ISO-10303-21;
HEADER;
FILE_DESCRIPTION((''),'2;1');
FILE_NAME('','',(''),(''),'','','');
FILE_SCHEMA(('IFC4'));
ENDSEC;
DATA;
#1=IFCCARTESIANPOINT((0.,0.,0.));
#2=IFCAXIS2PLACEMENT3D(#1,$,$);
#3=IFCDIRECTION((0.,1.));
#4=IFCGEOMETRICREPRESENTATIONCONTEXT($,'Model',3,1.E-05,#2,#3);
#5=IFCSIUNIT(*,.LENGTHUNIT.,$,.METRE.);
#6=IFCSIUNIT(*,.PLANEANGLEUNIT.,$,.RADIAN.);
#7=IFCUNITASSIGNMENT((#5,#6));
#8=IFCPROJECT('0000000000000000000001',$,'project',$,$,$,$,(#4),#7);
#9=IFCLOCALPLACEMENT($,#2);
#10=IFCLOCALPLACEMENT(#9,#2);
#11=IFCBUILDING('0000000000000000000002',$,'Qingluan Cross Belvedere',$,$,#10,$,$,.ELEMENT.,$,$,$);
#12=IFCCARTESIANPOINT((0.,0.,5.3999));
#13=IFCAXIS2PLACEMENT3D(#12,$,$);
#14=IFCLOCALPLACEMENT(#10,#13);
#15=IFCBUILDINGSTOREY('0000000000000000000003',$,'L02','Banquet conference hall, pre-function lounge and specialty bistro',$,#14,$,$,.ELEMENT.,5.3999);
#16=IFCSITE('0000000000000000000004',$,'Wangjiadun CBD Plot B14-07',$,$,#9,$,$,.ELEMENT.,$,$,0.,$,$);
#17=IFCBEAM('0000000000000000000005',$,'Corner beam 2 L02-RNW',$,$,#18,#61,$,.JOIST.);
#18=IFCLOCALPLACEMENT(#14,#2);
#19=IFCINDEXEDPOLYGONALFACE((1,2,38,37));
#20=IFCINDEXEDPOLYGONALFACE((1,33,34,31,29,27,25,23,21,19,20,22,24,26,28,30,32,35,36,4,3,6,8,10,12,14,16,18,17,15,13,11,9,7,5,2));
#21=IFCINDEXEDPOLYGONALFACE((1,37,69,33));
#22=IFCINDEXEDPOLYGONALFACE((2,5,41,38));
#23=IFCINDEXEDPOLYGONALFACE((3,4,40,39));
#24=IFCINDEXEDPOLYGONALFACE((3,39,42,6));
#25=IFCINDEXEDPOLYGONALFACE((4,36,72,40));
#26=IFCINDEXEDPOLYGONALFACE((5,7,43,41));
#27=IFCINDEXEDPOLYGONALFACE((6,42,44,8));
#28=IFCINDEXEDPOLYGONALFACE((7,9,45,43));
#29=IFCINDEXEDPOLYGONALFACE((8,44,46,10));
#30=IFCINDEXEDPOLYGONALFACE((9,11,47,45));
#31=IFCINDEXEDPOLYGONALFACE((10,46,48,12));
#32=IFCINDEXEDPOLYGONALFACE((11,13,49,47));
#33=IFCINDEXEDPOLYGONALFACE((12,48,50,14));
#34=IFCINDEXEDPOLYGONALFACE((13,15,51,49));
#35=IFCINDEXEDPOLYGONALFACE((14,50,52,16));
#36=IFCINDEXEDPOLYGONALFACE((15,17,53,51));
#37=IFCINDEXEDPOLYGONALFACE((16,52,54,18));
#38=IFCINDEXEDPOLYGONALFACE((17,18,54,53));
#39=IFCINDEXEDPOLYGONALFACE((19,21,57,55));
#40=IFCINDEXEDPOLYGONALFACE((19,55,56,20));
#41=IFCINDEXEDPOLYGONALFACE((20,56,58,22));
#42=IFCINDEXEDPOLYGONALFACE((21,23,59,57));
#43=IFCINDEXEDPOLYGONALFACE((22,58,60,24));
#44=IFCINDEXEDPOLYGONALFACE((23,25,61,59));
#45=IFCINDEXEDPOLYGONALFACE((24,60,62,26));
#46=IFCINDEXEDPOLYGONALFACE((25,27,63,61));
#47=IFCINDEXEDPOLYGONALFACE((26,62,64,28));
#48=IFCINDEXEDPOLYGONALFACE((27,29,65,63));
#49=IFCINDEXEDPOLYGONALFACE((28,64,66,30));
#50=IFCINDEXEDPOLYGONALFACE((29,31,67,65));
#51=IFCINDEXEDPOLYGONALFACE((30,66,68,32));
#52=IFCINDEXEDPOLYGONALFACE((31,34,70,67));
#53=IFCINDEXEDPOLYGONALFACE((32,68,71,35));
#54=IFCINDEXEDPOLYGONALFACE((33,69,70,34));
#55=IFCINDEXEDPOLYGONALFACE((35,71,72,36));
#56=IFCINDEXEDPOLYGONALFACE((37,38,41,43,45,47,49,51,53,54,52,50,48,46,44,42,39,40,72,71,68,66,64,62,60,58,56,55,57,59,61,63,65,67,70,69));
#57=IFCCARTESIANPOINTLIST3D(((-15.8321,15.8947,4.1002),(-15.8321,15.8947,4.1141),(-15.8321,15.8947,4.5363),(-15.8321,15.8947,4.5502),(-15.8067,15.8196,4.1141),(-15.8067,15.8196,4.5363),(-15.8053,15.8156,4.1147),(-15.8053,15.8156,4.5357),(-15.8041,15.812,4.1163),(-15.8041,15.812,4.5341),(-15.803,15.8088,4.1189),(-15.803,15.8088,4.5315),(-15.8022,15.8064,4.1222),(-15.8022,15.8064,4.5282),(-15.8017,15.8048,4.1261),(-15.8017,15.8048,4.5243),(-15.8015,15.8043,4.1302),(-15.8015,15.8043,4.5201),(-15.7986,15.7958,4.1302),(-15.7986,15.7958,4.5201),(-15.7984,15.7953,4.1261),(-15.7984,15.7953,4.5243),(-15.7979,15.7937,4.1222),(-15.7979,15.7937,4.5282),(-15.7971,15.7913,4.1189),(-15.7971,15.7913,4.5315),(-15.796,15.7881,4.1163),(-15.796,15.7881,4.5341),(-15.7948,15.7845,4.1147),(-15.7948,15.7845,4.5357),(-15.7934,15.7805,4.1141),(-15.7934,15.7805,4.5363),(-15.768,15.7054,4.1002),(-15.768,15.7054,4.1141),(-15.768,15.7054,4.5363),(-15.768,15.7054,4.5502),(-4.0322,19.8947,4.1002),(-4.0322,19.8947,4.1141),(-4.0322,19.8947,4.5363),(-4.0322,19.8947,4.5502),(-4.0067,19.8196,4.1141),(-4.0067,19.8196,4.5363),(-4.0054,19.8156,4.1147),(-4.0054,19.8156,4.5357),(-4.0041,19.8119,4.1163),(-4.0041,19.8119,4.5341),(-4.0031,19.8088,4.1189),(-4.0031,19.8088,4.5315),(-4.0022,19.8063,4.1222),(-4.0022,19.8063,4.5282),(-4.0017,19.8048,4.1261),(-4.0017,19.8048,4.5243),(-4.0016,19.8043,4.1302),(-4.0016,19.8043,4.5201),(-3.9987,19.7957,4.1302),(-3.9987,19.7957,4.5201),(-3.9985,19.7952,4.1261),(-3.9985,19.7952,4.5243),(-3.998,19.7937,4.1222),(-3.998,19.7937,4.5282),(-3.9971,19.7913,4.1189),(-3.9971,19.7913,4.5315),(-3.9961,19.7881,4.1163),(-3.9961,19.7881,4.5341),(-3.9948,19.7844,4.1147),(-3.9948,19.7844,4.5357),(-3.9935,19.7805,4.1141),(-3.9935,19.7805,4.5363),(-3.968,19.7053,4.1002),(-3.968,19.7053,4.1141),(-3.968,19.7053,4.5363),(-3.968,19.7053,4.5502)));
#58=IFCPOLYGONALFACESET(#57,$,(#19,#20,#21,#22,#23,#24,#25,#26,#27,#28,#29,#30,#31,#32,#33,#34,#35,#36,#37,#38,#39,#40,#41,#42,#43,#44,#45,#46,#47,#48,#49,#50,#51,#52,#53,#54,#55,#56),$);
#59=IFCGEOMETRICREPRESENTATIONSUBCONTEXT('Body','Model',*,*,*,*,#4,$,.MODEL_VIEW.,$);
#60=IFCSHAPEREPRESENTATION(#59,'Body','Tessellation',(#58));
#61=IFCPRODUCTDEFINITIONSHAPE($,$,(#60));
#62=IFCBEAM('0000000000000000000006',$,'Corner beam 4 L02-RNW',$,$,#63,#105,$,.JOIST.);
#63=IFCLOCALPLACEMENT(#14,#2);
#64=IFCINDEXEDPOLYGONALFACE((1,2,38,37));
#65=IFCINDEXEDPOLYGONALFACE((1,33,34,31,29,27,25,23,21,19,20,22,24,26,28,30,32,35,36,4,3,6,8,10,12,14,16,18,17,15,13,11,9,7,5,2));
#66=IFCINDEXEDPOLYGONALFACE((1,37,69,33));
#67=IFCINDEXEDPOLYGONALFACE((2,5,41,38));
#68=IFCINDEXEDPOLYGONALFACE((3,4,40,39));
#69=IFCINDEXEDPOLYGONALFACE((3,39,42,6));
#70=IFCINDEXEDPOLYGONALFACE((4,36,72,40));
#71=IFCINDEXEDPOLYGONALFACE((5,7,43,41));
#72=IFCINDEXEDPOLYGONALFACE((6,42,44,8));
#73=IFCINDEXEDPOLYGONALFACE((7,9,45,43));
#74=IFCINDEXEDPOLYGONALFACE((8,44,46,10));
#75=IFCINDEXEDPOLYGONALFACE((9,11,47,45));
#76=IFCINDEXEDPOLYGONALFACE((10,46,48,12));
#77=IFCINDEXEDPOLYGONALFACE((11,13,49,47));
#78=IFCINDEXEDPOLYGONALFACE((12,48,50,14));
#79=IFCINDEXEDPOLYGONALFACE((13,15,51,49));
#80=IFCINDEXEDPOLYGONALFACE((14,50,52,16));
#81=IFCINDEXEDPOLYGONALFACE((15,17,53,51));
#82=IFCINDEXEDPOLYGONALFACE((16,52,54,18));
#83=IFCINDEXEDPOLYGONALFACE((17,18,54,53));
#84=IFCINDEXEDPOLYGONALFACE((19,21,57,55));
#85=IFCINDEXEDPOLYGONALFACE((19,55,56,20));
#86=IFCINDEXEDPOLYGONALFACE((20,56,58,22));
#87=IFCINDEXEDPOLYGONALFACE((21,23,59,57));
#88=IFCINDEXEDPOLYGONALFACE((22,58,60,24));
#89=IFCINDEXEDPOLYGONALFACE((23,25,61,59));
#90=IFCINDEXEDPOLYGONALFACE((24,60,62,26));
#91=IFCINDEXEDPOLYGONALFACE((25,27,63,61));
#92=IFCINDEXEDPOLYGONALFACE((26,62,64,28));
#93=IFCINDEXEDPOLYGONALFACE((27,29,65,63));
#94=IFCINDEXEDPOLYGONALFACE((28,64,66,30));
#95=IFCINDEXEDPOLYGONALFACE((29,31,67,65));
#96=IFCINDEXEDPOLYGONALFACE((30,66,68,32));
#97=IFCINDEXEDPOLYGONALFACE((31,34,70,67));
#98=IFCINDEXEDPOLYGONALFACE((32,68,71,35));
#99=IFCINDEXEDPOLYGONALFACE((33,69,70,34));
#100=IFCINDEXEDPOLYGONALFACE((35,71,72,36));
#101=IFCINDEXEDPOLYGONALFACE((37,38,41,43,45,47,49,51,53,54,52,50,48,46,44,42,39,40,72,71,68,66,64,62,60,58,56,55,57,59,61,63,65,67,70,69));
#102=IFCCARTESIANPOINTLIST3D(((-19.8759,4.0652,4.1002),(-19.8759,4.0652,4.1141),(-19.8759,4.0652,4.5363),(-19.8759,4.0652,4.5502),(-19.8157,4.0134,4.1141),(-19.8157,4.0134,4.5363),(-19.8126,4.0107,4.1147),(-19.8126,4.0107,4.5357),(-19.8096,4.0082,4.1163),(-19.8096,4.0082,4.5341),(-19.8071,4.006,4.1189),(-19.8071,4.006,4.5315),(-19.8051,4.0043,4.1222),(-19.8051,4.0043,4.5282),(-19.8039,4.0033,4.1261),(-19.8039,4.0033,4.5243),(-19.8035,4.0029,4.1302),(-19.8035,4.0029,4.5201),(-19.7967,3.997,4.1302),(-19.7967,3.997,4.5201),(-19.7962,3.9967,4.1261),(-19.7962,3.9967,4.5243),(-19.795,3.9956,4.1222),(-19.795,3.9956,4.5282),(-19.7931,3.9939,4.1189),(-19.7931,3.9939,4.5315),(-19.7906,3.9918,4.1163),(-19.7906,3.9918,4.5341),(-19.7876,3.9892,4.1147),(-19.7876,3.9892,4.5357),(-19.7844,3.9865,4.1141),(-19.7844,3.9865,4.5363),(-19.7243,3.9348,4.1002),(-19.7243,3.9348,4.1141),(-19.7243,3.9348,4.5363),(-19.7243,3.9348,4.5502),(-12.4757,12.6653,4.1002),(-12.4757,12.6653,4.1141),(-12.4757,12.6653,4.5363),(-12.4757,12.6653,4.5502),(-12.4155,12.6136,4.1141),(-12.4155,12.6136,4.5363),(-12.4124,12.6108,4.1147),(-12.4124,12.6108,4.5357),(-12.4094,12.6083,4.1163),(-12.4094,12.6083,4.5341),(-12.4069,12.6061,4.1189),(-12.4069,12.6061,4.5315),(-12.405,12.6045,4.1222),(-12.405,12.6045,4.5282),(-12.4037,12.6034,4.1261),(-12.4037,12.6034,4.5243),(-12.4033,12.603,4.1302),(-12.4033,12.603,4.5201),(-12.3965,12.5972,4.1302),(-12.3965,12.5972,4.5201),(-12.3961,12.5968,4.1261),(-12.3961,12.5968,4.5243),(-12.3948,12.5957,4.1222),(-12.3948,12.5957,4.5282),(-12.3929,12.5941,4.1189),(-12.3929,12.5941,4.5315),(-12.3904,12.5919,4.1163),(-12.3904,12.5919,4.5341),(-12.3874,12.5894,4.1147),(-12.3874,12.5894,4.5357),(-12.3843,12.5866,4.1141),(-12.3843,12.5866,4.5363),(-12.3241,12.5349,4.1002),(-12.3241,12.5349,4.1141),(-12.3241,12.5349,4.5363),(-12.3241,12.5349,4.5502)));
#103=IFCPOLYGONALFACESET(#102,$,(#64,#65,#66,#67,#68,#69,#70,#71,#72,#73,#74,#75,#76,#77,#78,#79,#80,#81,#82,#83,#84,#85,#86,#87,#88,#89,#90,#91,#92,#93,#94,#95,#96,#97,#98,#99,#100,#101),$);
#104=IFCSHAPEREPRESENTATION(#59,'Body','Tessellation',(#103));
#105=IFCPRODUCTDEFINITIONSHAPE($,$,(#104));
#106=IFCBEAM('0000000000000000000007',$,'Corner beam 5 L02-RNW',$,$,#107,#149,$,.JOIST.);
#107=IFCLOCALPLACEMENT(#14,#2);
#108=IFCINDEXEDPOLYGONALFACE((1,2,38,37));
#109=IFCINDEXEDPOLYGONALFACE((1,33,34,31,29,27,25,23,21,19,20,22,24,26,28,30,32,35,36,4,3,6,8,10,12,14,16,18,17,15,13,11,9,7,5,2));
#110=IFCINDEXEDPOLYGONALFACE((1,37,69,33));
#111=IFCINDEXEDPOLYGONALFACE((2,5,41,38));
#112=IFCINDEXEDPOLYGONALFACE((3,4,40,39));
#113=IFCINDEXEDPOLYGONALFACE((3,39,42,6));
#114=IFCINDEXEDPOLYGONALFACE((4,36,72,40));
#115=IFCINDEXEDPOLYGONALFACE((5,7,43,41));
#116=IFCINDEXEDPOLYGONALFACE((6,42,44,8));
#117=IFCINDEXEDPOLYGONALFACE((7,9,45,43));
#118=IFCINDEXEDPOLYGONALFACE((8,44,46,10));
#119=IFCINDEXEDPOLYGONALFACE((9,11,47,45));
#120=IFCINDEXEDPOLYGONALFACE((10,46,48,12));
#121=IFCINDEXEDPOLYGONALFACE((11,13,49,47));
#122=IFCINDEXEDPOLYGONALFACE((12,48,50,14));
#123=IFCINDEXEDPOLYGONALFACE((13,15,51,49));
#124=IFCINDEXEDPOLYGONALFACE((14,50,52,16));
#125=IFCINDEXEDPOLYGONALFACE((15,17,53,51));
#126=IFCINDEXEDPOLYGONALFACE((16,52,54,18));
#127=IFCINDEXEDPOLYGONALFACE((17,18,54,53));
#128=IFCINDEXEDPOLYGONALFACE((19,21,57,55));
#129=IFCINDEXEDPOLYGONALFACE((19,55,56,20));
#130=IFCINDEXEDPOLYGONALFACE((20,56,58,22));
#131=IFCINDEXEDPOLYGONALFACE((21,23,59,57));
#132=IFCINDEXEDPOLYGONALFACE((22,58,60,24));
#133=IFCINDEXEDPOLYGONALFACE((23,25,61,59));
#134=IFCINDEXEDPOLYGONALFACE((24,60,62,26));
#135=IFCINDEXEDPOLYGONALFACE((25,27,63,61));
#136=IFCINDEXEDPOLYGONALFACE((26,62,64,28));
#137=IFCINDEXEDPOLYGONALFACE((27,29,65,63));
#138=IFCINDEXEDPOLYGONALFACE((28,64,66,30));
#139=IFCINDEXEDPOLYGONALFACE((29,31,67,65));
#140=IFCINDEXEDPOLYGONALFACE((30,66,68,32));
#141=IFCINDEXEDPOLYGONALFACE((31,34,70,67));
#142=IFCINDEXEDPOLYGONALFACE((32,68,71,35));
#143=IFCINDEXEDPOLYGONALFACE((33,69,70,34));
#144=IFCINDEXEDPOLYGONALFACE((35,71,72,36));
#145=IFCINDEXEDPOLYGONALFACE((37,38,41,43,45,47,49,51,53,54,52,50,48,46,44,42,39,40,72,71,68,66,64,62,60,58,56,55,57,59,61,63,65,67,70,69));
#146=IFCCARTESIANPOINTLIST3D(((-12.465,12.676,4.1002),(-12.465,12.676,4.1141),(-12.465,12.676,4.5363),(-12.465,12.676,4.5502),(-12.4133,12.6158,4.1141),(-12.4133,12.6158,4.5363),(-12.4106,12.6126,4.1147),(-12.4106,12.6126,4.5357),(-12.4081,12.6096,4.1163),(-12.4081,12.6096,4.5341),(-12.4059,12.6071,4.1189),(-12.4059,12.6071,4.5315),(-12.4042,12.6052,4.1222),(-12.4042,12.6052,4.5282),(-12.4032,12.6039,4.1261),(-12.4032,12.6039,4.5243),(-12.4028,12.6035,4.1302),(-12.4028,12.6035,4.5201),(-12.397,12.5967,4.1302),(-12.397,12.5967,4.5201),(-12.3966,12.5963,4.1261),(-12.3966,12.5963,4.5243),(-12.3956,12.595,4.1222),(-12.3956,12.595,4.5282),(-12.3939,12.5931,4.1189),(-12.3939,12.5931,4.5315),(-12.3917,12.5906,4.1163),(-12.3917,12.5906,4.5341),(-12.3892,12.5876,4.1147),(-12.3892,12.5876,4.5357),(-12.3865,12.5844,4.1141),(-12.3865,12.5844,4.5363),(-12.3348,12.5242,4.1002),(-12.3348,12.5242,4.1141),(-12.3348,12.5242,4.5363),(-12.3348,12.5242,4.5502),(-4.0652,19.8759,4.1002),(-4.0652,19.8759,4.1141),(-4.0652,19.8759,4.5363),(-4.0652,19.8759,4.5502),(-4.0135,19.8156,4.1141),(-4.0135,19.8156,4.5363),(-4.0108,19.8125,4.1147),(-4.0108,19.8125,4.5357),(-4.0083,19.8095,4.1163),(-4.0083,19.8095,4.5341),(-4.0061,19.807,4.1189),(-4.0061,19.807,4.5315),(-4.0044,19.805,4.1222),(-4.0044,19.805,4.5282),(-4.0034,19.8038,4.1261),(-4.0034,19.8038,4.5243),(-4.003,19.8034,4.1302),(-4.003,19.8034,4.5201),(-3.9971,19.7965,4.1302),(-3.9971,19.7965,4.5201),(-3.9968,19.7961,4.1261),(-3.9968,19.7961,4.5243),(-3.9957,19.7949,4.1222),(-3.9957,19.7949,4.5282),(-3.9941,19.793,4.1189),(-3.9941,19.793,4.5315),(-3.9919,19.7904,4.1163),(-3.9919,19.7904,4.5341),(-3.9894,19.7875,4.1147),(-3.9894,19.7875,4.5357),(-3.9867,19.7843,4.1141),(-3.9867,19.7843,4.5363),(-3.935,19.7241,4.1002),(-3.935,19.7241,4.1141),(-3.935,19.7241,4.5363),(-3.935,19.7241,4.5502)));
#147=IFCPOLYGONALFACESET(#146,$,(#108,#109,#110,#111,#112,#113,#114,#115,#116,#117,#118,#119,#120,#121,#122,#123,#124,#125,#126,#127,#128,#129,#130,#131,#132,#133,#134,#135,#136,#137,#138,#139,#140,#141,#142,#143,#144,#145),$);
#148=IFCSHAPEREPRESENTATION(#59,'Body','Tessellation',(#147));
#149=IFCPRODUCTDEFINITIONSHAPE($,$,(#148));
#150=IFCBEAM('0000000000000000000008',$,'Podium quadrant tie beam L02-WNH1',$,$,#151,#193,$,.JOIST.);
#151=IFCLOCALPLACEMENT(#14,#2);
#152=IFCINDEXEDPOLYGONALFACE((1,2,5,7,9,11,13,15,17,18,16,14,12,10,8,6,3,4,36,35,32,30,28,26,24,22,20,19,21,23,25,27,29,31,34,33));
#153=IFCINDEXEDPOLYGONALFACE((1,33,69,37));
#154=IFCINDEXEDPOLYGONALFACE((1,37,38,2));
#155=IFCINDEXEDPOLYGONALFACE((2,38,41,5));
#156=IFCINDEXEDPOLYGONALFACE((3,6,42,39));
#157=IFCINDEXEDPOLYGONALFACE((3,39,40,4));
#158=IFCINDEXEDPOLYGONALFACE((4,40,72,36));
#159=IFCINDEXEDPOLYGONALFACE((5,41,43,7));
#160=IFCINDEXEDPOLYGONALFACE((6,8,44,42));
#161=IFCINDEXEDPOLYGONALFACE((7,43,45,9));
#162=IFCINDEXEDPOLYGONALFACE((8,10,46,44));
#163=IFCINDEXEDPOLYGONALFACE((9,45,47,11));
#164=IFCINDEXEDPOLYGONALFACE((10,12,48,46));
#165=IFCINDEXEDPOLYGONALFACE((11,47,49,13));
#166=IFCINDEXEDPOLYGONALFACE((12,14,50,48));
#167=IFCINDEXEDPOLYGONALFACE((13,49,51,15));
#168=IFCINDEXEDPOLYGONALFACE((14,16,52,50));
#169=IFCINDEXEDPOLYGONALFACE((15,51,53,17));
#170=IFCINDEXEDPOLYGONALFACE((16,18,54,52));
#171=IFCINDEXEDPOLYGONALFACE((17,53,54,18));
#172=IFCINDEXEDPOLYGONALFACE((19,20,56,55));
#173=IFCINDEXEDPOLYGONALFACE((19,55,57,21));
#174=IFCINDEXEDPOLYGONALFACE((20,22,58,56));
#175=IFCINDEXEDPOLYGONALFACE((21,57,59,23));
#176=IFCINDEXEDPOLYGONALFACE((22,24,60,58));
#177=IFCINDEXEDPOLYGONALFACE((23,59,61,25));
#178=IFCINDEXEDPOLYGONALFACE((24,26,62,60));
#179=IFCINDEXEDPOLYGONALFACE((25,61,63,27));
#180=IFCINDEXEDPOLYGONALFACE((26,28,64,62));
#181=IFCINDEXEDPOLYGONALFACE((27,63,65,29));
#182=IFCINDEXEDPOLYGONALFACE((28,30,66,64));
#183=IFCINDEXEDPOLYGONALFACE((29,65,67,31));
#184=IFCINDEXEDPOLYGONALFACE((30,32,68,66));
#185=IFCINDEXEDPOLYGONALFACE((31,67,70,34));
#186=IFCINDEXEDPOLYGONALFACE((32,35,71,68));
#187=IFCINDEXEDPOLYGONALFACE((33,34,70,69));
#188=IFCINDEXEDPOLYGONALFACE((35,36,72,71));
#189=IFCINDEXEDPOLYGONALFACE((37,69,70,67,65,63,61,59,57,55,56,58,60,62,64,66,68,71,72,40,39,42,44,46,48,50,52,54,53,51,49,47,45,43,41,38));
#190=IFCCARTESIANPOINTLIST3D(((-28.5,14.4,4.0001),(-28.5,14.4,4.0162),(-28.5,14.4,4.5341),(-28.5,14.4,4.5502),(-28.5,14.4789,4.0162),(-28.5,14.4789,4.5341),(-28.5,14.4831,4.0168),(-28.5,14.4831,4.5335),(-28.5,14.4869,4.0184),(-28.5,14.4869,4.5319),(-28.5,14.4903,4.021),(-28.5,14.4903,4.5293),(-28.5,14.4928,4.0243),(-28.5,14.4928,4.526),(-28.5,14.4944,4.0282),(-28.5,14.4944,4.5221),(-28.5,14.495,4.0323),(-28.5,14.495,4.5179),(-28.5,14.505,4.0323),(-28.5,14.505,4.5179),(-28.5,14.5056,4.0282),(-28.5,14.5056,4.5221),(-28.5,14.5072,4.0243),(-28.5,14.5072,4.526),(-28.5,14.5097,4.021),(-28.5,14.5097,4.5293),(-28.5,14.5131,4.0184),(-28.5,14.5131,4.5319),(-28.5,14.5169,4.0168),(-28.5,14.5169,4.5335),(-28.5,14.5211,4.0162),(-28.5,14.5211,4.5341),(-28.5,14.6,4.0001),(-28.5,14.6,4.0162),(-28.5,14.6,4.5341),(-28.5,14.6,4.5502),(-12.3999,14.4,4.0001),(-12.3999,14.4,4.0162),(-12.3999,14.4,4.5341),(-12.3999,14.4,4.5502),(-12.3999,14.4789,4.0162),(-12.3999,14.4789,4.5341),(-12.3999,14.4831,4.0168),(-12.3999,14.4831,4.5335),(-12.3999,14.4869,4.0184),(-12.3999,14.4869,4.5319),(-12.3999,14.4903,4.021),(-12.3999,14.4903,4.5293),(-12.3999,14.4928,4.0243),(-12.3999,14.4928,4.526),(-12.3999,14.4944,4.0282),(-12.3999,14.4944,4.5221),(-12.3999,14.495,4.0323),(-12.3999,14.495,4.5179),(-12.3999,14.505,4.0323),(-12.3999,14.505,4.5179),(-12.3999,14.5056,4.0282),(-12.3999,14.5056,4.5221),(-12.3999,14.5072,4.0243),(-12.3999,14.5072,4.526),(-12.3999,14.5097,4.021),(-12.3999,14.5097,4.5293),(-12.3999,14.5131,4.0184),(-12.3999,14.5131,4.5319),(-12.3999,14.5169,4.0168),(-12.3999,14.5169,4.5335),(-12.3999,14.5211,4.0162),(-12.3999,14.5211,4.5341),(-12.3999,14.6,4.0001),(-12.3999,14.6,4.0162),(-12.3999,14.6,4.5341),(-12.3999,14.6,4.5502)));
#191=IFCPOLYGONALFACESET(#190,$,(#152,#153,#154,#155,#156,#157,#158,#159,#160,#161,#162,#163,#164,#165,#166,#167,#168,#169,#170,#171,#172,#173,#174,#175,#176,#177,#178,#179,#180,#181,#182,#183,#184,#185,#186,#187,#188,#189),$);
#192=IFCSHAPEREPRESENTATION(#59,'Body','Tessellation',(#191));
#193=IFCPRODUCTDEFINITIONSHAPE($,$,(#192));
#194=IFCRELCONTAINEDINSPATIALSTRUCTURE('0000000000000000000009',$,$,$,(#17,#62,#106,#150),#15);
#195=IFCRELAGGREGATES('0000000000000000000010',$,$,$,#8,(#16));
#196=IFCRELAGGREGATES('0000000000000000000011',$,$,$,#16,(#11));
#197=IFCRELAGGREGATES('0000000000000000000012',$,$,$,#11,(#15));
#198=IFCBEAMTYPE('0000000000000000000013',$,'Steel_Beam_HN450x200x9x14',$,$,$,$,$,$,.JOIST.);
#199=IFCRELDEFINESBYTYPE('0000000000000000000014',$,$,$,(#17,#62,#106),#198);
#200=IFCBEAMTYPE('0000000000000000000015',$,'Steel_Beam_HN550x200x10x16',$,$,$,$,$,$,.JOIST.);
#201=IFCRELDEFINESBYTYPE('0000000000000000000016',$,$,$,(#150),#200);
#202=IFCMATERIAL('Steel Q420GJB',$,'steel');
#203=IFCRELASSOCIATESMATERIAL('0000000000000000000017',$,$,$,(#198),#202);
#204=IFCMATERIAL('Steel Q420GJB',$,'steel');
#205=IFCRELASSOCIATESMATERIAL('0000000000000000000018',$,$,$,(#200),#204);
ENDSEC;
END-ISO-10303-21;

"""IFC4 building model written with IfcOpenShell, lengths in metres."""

from ifc_helpers import new_model, si_unit, direction, frame, origin, origin_2d, place, context, subcontext, project, spatial, i_section, extrude, material, material_profile, profile_set, type_object, element, save


model = new_model("IFC4")

# Units and contexts
model_context = context("Model", 3, precision=1e-05, world=origin(), true_north=direction((0.0, 1.0)))
body_context = subcontext(model_context, "Body", "Model", "MODEL_VIEW")
ifc_project = project(units=[si_unit("LENGTHUNIT", "METRE"), si_unit("PLANEANGLEUNIT", "RADIAN")], contexts=[model_context])

# Site, building, storey
site_placement = place(None, origin())
site = spatial("IfcSite", under=ifc_project, at=site_placement, Name="Wangjiadun CBD Plot B14-07", CompositionType="ELEMENT", RefElevation=0.0)
building_placement = place(site_placement, origin())
building = spatial("IfcBuilding", under=site, at=building_placement, Name="Qingluan Cross Belvedere", CompositionType="ELEMENT")
storey_placement = place(building_placement, frame((0.0, 0.0, 5.3999)))
storey = spatial("IfcBuildingStorey", under=building, at=storey_placement, Name="L02", Description="Banquet conference hall, pre-function lounge and specialty bistro", CompositionType="ELEMENT", Elevation=5.3999)

# Beams
ifc_material_1 = material(Name="Steel Q420GJB", Category="steel")
ifc_material_profile_1 = material_profile(ifc_material_1, i_section(OverallWidth=0.2, OverallDepth=0.45, WebThickness=0.009, FlangeThickness=0.0139, FilletRadius=0.0161, at=origin_2d()), Name="HN450x200x9x14")
ifc_profile_set_1 = profile_set([ifc_material_profile_1], Name="Steel Q420GJB")
beam_type_1 = type_object("IfcBeamType", Name="Steel_Beam_HN450x200x9x14", PredefinedType="JOIST", material=ifc_profile_set_1)
beam_1_placement = place(storey_placement, frame((-15.8, 15.8, 4.3252), z_axis=(0.947066, 0.321038, 0.0), x_axis=(-0.321038, 0.947066, 0.0)))
element("IfcBeam", 1, at=beam_1_placement, inside=storey, type_object=beam_type_1, Name="Corner beam 2 L02-RNW", PredefinedType="JOIST", context=body_context, shape_type="SweptSolid", body=[
    extrude(i_section(OverallWidth=0.2, OverallDepth=0.45, WebThickness=0.009, FlangeThickness=0.0139, FilletRadius=0.0161, at=origin_2d()), origin(), (0.0, 0.0, 1.0), 12.4595),
])
beam_2_placement = place(storey_placement, frame((-12.3999, 12.6001, 4.3252), z_axis=(-0.652245, -0.758008, 0.0), x_axis=(0.758008, -0.652245, 0.0)))
element("IfcBeam", 2, at=beam_2_placement, inside=storey, type_object=beam_type_1, Name="Corner beam 4 L02-RNW", PredefinedType="JOIST", context=body_context, shape_type="SweptSolid", body=[
    extrude(i_section(OverallWidth=0.2, OverallDepth=0.45, WebThickness=0.009, FlangeThickness=0.0139, FilletRadius=0.0161, at=origin_2d()), origin(), (0.0, 0.0, 1.0), 11.3457),
])
beam_3_placement = place(storey_placement, frame((-12.3999, 12.6001, 4.3252), z_axis=(0.759255, 0.650793, 0.0), x_axis=(-0.650793, 0.759255, 0.0)))
element("IfcBeam", 3, at=beam_3_placement, inside=storey, type_object=beam_type_1, Name="Corner beam 5 L02-RNW", PredefinedType="JOIST", context=body_context, shape_type="SweptSolid", body=[
    extrude(i_section(OverallWidth=0.2, OverallDepth=0.45, WebThickness=0.009, FlangeThickness=0.0139, FilletRadius=0.0161, at=origin_2d()), origin(), (0.0, 0.0, 1.0), 11.0632),
])
ifc_material_2 = material(Name="Steel Q420GJB", Category="steel")
ifc_material_profile_2 = material_profile(ifc_material_2, i_section(OverallWidth=0.2, OverallDepth=0.55, WebThickness=0.01, FlangeThickness=0.0161, FilletRadius=0.0161, at=origin_2d()), Name="HN550x200x10x16")
ifc_profile_set_2 = profile_set([ifc_material_profile_2], Name="Steel Q420GJB")
beam_type_2 = type_object("IfcBeamType", Name="Steel_Beam_HN550x200x10x16", PredefinedType="JOIST", material=ifc_profile_set_2)
beam_4_placement = place(storey_placement, frame((-12.3999, 14.5, 4.2751), z_axis=(-1.0, 0.0, 0.0), x_axis=(0.0, -1.0, 0.0)))
element("IfcBeam", 4, at=beam_4_placement, inside=storey, type_object=beam_type_2, Name="Podium quadrant tie beam L02-WNH1", PredefinedType="JOIST", context=body_context, shape_type="SweptSolid", body=[
    extrude(i_section(OverallWidth=0.2, OverallDepth=0.55, WebThickness=0.01, FlangeThickness=0.0161, FilletRadius=0.0161, at=origin_2d()), origin(), (0.0, 0.0, 1.0), 16.1001),
])

save(model, "model.ifc")
